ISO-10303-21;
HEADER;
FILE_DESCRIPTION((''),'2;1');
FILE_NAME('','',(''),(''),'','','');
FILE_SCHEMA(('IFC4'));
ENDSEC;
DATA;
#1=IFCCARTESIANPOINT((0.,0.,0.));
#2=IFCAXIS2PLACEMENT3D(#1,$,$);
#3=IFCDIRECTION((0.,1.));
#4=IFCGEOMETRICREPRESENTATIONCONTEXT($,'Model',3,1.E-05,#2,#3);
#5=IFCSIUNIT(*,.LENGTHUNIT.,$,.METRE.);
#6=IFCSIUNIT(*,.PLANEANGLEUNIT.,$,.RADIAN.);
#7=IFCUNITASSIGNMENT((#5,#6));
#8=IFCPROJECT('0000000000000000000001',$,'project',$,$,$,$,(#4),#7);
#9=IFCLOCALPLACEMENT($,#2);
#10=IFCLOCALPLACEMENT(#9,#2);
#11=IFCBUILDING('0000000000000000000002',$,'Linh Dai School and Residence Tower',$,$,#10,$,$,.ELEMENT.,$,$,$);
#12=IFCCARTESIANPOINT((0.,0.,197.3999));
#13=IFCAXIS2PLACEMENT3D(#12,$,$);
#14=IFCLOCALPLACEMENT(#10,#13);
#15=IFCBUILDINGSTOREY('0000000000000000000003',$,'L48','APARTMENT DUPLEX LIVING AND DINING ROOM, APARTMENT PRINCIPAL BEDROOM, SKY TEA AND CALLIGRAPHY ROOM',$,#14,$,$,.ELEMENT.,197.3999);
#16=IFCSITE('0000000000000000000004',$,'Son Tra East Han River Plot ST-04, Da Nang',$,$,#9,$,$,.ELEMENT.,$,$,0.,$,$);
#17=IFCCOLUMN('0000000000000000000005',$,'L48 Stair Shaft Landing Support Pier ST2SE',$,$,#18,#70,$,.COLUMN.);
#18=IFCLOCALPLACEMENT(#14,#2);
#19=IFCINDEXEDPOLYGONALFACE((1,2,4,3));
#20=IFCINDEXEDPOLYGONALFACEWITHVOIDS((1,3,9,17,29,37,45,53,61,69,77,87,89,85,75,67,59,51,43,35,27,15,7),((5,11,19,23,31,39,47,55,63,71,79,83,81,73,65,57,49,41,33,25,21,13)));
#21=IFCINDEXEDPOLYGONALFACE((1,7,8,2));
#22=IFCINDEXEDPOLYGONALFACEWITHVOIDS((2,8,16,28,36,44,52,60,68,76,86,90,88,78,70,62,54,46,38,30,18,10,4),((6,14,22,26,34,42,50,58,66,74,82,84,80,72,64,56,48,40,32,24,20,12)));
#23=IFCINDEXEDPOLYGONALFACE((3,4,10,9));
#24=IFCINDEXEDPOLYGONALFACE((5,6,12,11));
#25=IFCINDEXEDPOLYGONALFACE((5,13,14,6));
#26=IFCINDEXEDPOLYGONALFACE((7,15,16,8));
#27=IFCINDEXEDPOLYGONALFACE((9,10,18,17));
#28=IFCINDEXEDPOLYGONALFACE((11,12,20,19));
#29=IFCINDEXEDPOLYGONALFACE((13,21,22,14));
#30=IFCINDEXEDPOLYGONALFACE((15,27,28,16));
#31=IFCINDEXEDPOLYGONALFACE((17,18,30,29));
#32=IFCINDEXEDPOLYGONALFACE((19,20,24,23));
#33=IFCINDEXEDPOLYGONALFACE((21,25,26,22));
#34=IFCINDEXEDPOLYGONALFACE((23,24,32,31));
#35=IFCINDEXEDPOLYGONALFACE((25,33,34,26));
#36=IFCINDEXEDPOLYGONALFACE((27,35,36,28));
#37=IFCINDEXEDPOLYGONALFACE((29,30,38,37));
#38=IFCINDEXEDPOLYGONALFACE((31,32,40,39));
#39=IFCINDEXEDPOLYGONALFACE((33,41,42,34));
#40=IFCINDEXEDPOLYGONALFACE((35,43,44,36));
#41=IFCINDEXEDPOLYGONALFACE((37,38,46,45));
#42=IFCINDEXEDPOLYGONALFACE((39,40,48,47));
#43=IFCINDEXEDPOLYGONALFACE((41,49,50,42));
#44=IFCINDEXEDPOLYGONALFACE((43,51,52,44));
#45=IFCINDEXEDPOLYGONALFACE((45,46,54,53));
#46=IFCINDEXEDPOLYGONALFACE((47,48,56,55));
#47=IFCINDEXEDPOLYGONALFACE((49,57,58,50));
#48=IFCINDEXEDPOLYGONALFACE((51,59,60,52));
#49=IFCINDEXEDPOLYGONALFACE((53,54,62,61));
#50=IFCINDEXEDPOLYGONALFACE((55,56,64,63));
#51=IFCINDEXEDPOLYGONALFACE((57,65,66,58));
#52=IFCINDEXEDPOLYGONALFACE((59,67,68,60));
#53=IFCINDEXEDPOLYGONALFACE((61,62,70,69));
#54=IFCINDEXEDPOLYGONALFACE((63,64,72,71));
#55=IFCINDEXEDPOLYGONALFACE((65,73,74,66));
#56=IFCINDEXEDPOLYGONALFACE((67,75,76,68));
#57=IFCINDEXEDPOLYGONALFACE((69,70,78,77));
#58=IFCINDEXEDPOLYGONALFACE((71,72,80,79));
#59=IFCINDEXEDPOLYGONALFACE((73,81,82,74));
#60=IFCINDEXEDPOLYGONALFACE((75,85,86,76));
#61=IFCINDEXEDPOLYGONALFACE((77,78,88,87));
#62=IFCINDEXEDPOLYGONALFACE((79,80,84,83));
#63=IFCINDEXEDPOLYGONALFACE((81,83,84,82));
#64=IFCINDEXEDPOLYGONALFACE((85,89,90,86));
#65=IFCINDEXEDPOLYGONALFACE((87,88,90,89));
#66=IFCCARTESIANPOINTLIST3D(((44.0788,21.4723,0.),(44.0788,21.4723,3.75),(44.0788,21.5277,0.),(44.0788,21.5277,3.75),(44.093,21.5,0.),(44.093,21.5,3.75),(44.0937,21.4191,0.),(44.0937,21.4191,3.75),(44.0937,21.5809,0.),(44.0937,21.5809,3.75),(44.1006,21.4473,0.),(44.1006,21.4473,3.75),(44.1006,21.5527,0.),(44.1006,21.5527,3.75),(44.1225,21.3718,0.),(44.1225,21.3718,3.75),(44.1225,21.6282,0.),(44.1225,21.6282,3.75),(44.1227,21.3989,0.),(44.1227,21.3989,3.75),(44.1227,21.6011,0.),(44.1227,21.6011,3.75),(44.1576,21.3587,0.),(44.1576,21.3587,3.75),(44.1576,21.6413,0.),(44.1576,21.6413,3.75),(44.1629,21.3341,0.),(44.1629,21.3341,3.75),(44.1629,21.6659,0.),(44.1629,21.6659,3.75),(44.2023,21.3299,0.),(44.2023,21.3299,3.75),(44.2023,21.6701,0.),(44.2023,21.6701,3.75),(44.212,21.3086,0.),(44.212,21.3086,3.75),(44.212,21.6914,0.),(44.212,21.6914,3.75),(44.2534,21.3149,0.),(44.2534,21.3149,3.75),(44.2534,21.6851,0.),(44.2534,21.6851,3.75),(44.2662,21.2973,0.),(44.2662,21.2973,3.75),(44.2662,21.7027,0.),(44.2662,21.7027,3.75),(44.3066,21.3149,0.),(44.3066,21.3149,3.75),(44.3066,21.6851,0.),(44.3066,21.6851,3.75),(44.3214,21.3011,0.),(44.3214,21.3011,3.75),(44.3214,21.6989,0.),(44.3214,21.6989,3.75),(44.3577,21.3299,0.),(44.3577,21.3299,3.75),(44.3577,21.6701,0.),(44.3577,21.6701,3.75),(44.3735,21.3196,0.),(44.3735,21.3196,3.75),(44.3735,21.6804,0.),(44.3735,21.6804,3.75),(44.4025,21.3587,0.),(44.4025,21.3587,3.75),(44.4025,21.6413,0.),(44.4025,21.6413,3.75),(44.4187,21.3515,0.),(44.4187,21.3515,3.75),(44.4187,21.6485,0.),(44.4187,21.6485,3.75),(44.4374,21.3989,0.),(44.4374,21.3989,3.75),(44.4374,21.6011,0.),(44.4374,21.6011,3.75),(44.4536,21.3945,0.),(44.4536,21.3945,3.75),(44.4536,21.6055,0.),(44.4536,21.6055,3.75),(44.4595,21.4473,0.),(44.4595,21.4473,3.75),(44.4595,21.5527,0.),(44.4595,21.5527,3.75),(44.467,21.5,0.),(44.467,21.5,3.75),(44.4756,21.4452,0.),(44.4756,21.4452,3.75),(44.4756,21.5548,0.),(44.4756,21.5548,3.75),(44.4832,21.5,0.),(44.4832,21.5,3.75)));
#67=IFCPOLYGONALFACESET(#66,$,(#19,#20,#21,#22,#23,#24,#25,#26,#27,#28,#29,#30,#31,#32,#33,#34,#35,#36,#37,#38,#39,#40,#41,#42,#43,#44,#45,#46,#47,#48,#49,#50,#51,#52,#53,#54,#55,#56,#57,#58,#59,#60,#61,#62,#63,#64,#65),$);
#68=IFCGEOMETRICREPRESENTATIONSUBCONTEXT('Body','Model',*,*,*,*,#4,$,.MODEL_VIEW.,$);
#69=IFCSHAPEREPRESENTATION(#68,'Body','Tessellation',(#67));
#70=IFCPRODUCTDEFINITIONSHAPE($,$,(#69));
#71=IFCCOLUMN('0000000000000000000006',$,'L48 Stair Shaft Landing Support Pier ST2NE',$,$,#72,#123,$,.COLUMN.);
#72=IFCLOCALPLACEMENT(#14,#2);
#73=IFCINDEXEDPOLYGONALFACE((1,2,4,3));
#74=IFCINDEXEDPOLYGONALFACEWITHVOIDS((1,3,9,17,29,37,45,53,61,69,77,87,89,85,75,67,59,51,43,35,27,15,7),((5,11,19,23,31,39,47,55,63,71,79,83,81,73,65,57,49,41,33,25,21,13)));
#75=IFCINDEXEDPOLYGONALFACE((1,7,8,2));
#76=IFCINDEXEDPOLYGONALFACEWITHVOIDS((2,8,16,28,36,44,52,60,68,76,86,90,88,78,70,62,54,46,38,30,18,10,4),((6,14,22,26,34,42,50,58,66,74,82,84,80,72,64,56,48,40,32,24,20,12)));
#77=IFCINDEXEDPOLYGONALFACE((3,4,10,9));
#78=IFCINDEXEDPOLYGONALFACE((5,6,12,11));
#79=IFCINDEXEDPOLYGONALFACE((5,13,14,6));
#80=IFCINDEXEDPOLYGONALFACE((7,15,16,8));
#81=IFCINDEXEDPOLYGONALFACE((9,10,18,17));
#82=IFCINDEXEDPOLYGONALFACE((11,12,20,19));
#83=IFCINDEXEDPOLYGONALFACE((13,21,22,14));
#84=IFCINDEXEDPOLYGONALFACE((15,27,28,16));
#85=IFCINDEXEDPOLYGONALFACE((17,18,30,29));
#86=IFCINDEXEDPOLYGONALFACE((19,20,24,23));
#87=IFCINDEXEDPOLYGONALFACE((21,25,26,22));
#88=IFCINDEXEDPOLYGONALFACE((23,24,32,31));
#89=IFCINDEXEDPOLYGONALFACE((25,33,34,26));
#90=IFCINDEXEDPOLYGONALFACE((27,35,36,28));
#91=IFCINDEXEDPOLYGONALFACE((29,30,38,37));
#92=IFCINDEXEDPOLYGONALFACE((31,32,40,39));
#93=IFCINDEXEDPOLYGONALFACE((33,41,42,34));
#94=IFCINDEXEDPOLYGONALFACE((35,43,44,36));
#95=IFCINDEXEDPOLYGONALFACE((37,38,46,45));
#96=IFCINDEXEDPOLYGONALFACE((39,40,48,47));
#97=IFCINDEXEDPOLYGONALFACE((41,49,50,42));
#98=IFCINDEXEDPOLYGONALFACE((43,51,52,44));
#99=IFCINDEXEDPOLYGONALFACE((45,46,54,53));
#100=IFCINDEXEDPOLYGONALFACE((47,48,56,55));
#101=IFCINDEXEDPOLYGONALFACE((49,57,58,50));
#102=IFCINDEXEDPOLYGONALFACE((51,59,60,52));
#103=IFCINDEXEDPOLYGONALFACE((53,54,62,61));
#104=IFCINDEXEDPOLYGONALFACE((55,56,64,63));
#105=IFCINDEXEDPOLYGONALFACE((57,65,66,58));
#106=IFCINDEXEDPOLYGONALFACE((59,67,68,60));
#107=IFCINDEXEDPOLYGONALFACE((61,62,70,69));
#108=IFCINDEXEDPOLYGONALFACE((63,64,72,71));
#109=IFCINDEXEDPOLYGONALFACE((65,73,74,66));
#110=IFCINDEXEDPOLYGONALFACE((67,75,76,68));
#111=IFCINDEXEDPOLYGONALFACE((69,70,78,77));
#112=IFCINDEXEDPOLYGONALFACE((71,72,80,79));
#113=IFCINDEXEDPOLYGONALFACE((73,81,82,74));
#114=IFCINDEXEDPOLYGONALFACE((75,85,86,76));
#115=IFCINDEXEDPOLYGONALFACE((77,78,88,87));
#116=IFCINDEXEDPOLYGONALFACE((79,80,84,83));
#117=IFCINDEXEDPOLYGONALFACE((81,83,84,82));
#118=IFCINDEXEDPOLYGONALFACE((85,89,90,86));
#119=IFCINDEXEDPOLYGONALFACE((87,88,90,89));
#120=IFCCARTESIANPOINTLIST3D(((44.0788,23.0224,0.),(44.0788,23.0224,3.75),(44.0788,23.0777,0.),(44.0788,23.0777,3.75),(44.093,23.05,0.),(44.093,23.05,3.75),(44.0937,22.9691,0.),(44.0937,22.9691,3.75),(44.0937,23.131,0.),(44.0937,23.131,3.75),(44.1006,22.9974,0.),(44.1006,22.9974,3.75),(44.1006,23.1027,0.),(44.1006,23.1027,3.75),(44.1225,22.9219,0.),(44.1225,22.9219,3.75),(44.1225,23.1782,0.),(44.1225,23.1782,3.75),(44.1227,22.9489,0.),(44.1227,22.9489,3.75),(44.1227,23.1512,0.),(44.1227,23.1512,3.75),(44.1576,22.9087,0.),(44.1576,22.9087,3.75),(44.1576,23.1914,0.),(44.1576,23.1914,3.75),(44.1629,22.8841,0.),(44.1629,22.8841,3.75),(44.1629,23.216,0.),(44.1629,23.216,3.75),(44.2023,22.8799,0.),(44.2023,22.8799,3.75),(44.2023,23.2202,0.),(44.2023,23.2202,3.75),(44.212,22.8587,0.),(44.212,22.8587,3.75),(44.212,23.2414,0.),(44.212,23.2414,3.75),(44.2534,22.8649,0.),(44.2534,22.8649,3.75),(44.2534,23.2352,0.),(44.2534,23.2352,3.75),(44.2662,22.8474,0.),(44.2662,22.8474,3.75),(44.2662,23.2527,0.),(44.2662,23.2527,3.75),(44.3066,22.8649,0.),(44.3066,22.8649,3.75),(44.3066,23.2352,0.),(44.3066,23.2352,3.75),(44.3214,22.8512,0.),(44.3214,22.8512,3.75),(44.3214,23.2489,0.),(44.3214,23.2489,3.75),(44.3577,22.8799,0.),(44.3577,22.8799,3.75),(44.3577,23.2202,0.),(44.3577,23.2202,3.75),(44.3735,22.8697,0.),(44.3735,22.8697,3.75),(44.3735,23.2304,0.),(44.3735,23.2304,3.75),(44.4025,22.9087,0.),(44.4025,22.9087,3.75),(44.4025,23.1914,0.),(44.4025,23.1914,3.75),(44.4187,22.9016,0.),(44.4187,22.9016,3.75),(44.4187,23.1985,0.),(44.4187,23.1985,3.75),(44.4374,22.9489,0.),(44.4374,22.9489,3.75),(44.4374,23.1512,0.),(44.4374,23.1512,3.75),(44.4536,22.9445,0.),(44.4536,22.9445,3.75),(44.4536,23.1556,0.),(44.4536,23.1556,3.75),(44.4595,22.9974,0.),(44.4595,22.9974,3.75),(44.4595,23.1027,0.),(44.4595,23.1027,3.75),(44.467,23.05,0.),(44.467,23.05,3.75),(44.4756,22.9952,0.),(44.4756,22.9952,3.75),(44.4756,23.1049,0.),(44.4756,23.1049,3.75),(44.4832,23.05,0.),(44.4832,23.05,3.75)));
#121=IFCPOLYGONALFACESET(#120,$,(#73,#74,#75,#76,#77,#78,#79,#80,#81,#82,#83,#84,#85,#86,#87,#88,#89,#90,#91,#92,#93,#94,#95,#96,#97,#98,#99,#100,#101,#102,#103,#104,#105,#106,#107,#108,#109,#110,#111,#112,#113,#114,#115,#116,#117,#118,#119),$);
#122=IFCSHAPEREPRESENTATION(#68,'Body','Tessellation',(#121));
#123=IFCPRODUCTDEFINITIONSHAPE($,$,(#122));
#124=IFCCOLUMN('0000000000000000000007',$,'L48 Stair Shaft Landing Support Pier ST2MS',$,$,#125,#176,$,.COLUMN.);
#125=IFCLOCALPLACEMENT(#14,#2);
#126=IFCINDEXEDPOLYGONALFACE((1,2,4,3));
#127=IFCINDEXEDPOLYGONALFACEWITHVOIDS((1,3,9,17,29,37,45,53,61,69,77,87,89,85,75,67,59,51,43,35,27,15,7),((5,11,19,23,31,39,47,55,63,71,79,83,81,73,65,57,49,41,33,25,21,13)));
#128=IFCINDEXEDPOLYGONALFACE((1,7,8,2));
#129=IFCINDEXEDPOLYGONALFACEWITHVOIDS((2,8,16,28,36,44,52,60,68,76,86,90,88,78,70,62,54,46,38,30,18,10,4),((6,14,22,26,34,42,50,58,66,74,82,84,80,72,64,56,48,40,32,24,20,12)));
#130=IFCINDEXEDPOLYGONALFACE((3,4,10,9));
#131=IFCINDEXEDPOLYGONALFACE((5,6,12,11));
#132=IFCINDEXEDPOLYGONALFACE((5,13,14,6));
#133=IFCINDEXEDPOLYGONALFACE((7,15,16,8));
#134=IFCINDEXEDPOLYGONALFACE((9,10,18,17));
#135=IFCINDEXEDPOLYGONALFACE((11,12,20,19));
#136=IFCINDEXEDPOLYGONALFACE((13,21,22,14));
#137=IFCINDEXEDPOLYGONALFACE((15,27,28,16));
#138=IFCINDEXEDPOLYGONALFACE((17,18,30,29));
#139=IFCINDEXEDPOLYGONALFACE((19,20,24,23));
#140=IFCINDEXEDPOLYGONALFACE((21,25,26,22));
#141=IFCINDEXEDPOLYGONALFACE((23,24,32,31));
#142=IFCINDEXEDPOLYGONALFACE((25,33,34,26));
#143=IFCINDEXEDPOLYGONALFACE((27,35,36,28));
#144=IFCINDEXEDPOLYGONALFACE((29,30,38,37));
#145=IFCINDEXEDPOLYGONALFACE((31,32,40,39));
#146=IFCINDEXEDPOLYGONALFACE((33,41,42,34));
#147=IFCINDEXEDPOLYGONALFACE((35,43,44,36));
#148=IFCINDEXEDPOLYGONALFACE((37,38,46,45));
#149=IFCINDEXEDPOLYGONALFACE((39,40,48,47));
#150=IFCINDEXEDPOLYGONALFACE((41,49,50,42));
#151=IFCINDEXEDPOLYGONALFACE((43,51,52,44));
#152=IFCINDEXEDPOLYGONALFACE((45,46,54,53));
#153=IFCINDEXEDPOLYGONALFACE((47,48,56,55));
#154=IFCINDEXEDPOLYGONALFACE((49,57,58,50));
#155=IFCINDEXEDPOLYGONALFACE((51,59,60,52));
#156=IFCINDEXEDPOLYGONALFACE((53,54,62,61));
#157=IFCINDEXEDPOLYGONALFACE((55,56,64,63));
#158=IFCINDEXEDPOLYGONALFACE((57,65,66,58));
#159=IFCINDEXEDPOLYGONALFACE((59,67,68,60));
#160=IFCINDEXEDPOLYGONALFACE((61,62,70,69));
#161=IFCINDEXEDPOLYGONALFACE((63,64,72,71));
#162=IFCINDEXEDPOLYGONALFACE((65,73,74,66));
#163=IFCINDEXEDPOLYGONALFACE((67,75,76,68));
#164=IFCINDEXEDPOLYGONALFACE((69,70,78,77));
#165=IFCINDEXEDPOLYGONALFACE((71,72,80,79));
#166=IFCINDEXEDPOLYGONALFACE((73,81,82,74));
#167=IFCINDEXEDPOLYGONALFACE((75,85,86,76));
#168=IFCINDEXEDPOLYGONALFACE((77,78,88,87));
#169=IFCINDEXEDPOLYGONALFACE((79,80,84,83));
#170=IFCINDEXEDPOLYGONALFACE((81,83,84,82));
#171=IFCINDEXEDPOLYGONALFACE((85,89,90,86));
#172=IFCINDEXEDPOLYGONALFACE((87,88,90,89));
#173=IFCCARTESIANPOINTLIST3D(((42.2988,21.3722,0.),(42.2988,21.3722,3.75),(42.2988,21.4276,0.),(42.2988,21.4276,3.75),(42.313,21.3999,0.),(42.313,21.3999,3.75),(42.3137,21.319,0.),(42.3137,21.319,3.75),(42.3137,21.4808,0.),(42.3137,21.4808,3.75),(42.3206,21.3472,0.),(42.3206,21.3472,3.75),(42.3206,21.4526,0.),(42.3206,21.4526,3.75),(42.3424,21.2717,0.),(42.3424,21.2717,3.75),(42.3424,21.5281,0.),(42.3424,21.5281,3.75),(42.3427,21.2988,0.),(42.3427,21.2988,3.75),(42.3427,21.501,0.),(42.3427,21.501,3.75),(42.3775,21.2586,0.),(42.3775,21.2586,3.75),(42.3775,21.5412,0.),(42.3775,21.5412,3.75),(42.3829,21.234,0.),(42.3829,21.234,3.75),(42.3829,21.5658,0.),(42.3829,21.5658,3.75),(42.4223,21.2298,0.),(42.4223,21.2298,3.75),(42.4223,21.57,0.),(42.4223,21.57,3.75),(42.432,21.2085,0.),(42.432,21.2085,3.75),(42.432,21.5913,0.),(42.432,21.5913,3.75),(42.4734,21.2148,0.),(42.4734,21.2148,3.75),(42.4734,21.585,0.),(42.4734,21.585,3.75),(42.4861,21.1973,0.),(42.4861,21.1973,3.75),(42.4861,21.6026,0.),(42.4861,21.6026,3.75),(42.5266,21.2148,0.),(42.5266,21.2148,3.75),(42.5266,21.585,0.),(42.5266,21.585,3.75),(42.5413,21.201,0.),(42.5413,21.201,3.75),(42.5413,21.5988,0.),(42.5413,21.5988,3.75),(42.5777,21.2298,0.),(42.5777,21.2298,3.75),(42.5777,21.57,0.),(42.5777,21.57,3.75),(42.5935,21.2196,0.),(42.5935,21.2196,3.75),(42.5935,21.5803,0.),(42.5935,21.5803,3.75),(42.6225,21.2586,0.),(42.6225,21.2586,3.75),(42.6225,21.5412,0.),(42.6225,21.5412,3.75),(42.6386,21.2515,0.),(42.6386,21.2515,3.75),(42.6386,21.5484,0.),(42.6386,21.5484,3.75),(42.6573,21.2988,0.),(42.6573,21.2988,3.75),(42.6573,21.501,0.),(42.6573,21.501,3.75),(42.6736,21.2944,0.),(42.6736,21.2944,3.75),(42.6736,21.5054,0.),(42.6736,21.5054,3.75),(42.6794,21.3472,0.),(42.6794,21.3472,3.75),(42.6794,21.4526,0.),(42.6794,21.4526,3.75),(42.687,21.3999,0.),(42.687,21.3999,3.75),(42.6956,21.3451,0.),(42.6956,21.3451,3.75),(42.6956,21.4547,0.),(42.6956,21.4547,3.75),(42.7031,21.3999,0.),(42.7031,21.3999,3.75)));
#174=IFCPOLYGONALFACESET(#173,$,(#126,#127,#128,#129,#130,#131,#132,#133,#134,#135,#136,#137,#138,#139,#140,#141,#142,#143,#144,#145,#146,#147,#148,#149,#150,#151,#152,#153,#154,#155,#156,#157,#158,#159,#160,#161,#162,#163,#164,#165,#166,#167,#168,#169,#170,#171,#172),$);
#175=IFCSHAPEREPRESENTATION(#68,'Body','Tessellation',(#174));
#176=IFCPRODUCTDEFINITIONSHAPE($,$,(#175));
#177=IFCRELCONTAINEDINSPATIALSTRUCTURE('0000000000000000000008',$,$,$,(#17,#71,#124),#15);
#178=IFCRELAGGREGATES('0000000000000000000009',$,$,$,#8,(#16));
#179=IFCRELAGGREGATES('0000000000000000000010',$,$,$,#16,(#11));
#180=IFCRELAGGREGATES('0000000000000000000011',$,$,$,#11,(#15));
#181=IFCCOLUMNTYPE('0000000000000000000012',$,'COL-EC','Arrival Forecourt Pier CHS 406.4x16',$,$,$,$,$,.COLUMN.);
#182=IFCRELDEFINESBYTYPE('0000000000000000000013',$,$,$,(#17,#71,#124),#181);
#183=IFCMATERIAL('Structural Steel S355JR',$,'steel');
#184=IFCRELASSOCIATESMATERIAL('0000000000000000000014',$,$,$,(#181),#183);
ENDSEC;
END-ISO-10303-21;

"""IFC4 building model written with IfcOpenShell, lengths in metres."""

from ifc_helpers import new_model, si_unit, direction, frame, origin, origin_2d, place, context, subcontext, project, spatial, hollow_circle, extrude, material, material_profile, profile_set, type_object, element, save


model = new_model("IFC4")

# Units and contexts
model_context = context("Model", 3, precision=1e-05, world=origin(), true_north=direction((0.0, 1.0)))
body_context = subcontext(model_context, "Body", "Model", "MODEL_VIEW")
ifc_project = project(units=[si_unit("LENGTHUNIT", "METRE"), si_unit("PLANEANGLEUNIT", "RADIAN")], contexts=[model_context])

# Site, building, storey
site_placement = place(None, origin())
site = spatial("IfcSite", under=ifc_project, at=site_placement, Name="Son Tra East Han River Plot ST-04, Da Nang", CompositionType="ELEMENT", RefElevation=0.0)
building_placement = place(site_placement, origin())
building = spatial("IfcBuilding", under=site, at=building_placement, Name="Linh Dai School and Residence Tower", CompositionType="ELEMENT")
storey_placement = place(building_placement, frame((0.0, 0.0, 197.3999)))
storey = spatial("IfcBuildingStorey", under=building, at=storey_placement, Name="L48", Description="APARTMENT DUPLEX LIVING AND DINING ROOM, APARTMENT PRINCIPAL BEDROOM, SKY TEA AND CALLIGRAPHY ROOM", CompositionType="ELEMENT", Elevation=197.3999)

# Columns
ifc_material_1 = material(Name="Structural Steel S355JR", Category="steel")
ifc_material_profile_1 = material_profile(ifc_material_1, hollow_circle(Radius=0.2031, WallThickness=0.0161, at=origin_2d()), Name="CHS 406.4x16")
ifc_profile_set_1 = profile_set([ifc_material_profile_1], Name="Structural Steel S355JR")
column_type_1 = type_object("IfcColumnType", Name="COL-EC", Description="Arrival Forecourt Pier CHS 406.4x16", PredefinedType="COLUMN", material=ifc_profile_set_1)
for number, where, z_axis, x_axis, name in (
    (1, (44.28, 21.5, 0.0), (0.0, 0.0, 1.0), (1.0, 0.0, 0.0), "L48 Stair Shaft Landing Support Pier ST2SE"),
    (2, (44.28, 23.05, 0.0), (0.0, 0.0, 1.0), (1.0, 0.0, 0.0), "L48 Stair Shaft Landing Support Pier ST2NE"),
    (3, (42.5, 21.3999, 0.0), (0.0, 0.0, 1.0), (1.0, 0.0, 0.0), "L48 Stair Shaft Landing Support Pier ST2MS"),
):
    element("IfcColumn", number, at=place(storey_placement, frame(where, z_axis=z_axis, x_axis=x_axis)), inside=storey, type_object=column_type_1, Name=name, PredefinedType="COLUMN", context=body_context, shape_type="SweptSolid", body=[
        extrude(hollow_circle(Radius=0.2031, WallThickness=0.0161, at=origin_2d()), origin(), (0.0, 0.0, 1.0), 3.75),
    ])

save(model, "model.ifc")
